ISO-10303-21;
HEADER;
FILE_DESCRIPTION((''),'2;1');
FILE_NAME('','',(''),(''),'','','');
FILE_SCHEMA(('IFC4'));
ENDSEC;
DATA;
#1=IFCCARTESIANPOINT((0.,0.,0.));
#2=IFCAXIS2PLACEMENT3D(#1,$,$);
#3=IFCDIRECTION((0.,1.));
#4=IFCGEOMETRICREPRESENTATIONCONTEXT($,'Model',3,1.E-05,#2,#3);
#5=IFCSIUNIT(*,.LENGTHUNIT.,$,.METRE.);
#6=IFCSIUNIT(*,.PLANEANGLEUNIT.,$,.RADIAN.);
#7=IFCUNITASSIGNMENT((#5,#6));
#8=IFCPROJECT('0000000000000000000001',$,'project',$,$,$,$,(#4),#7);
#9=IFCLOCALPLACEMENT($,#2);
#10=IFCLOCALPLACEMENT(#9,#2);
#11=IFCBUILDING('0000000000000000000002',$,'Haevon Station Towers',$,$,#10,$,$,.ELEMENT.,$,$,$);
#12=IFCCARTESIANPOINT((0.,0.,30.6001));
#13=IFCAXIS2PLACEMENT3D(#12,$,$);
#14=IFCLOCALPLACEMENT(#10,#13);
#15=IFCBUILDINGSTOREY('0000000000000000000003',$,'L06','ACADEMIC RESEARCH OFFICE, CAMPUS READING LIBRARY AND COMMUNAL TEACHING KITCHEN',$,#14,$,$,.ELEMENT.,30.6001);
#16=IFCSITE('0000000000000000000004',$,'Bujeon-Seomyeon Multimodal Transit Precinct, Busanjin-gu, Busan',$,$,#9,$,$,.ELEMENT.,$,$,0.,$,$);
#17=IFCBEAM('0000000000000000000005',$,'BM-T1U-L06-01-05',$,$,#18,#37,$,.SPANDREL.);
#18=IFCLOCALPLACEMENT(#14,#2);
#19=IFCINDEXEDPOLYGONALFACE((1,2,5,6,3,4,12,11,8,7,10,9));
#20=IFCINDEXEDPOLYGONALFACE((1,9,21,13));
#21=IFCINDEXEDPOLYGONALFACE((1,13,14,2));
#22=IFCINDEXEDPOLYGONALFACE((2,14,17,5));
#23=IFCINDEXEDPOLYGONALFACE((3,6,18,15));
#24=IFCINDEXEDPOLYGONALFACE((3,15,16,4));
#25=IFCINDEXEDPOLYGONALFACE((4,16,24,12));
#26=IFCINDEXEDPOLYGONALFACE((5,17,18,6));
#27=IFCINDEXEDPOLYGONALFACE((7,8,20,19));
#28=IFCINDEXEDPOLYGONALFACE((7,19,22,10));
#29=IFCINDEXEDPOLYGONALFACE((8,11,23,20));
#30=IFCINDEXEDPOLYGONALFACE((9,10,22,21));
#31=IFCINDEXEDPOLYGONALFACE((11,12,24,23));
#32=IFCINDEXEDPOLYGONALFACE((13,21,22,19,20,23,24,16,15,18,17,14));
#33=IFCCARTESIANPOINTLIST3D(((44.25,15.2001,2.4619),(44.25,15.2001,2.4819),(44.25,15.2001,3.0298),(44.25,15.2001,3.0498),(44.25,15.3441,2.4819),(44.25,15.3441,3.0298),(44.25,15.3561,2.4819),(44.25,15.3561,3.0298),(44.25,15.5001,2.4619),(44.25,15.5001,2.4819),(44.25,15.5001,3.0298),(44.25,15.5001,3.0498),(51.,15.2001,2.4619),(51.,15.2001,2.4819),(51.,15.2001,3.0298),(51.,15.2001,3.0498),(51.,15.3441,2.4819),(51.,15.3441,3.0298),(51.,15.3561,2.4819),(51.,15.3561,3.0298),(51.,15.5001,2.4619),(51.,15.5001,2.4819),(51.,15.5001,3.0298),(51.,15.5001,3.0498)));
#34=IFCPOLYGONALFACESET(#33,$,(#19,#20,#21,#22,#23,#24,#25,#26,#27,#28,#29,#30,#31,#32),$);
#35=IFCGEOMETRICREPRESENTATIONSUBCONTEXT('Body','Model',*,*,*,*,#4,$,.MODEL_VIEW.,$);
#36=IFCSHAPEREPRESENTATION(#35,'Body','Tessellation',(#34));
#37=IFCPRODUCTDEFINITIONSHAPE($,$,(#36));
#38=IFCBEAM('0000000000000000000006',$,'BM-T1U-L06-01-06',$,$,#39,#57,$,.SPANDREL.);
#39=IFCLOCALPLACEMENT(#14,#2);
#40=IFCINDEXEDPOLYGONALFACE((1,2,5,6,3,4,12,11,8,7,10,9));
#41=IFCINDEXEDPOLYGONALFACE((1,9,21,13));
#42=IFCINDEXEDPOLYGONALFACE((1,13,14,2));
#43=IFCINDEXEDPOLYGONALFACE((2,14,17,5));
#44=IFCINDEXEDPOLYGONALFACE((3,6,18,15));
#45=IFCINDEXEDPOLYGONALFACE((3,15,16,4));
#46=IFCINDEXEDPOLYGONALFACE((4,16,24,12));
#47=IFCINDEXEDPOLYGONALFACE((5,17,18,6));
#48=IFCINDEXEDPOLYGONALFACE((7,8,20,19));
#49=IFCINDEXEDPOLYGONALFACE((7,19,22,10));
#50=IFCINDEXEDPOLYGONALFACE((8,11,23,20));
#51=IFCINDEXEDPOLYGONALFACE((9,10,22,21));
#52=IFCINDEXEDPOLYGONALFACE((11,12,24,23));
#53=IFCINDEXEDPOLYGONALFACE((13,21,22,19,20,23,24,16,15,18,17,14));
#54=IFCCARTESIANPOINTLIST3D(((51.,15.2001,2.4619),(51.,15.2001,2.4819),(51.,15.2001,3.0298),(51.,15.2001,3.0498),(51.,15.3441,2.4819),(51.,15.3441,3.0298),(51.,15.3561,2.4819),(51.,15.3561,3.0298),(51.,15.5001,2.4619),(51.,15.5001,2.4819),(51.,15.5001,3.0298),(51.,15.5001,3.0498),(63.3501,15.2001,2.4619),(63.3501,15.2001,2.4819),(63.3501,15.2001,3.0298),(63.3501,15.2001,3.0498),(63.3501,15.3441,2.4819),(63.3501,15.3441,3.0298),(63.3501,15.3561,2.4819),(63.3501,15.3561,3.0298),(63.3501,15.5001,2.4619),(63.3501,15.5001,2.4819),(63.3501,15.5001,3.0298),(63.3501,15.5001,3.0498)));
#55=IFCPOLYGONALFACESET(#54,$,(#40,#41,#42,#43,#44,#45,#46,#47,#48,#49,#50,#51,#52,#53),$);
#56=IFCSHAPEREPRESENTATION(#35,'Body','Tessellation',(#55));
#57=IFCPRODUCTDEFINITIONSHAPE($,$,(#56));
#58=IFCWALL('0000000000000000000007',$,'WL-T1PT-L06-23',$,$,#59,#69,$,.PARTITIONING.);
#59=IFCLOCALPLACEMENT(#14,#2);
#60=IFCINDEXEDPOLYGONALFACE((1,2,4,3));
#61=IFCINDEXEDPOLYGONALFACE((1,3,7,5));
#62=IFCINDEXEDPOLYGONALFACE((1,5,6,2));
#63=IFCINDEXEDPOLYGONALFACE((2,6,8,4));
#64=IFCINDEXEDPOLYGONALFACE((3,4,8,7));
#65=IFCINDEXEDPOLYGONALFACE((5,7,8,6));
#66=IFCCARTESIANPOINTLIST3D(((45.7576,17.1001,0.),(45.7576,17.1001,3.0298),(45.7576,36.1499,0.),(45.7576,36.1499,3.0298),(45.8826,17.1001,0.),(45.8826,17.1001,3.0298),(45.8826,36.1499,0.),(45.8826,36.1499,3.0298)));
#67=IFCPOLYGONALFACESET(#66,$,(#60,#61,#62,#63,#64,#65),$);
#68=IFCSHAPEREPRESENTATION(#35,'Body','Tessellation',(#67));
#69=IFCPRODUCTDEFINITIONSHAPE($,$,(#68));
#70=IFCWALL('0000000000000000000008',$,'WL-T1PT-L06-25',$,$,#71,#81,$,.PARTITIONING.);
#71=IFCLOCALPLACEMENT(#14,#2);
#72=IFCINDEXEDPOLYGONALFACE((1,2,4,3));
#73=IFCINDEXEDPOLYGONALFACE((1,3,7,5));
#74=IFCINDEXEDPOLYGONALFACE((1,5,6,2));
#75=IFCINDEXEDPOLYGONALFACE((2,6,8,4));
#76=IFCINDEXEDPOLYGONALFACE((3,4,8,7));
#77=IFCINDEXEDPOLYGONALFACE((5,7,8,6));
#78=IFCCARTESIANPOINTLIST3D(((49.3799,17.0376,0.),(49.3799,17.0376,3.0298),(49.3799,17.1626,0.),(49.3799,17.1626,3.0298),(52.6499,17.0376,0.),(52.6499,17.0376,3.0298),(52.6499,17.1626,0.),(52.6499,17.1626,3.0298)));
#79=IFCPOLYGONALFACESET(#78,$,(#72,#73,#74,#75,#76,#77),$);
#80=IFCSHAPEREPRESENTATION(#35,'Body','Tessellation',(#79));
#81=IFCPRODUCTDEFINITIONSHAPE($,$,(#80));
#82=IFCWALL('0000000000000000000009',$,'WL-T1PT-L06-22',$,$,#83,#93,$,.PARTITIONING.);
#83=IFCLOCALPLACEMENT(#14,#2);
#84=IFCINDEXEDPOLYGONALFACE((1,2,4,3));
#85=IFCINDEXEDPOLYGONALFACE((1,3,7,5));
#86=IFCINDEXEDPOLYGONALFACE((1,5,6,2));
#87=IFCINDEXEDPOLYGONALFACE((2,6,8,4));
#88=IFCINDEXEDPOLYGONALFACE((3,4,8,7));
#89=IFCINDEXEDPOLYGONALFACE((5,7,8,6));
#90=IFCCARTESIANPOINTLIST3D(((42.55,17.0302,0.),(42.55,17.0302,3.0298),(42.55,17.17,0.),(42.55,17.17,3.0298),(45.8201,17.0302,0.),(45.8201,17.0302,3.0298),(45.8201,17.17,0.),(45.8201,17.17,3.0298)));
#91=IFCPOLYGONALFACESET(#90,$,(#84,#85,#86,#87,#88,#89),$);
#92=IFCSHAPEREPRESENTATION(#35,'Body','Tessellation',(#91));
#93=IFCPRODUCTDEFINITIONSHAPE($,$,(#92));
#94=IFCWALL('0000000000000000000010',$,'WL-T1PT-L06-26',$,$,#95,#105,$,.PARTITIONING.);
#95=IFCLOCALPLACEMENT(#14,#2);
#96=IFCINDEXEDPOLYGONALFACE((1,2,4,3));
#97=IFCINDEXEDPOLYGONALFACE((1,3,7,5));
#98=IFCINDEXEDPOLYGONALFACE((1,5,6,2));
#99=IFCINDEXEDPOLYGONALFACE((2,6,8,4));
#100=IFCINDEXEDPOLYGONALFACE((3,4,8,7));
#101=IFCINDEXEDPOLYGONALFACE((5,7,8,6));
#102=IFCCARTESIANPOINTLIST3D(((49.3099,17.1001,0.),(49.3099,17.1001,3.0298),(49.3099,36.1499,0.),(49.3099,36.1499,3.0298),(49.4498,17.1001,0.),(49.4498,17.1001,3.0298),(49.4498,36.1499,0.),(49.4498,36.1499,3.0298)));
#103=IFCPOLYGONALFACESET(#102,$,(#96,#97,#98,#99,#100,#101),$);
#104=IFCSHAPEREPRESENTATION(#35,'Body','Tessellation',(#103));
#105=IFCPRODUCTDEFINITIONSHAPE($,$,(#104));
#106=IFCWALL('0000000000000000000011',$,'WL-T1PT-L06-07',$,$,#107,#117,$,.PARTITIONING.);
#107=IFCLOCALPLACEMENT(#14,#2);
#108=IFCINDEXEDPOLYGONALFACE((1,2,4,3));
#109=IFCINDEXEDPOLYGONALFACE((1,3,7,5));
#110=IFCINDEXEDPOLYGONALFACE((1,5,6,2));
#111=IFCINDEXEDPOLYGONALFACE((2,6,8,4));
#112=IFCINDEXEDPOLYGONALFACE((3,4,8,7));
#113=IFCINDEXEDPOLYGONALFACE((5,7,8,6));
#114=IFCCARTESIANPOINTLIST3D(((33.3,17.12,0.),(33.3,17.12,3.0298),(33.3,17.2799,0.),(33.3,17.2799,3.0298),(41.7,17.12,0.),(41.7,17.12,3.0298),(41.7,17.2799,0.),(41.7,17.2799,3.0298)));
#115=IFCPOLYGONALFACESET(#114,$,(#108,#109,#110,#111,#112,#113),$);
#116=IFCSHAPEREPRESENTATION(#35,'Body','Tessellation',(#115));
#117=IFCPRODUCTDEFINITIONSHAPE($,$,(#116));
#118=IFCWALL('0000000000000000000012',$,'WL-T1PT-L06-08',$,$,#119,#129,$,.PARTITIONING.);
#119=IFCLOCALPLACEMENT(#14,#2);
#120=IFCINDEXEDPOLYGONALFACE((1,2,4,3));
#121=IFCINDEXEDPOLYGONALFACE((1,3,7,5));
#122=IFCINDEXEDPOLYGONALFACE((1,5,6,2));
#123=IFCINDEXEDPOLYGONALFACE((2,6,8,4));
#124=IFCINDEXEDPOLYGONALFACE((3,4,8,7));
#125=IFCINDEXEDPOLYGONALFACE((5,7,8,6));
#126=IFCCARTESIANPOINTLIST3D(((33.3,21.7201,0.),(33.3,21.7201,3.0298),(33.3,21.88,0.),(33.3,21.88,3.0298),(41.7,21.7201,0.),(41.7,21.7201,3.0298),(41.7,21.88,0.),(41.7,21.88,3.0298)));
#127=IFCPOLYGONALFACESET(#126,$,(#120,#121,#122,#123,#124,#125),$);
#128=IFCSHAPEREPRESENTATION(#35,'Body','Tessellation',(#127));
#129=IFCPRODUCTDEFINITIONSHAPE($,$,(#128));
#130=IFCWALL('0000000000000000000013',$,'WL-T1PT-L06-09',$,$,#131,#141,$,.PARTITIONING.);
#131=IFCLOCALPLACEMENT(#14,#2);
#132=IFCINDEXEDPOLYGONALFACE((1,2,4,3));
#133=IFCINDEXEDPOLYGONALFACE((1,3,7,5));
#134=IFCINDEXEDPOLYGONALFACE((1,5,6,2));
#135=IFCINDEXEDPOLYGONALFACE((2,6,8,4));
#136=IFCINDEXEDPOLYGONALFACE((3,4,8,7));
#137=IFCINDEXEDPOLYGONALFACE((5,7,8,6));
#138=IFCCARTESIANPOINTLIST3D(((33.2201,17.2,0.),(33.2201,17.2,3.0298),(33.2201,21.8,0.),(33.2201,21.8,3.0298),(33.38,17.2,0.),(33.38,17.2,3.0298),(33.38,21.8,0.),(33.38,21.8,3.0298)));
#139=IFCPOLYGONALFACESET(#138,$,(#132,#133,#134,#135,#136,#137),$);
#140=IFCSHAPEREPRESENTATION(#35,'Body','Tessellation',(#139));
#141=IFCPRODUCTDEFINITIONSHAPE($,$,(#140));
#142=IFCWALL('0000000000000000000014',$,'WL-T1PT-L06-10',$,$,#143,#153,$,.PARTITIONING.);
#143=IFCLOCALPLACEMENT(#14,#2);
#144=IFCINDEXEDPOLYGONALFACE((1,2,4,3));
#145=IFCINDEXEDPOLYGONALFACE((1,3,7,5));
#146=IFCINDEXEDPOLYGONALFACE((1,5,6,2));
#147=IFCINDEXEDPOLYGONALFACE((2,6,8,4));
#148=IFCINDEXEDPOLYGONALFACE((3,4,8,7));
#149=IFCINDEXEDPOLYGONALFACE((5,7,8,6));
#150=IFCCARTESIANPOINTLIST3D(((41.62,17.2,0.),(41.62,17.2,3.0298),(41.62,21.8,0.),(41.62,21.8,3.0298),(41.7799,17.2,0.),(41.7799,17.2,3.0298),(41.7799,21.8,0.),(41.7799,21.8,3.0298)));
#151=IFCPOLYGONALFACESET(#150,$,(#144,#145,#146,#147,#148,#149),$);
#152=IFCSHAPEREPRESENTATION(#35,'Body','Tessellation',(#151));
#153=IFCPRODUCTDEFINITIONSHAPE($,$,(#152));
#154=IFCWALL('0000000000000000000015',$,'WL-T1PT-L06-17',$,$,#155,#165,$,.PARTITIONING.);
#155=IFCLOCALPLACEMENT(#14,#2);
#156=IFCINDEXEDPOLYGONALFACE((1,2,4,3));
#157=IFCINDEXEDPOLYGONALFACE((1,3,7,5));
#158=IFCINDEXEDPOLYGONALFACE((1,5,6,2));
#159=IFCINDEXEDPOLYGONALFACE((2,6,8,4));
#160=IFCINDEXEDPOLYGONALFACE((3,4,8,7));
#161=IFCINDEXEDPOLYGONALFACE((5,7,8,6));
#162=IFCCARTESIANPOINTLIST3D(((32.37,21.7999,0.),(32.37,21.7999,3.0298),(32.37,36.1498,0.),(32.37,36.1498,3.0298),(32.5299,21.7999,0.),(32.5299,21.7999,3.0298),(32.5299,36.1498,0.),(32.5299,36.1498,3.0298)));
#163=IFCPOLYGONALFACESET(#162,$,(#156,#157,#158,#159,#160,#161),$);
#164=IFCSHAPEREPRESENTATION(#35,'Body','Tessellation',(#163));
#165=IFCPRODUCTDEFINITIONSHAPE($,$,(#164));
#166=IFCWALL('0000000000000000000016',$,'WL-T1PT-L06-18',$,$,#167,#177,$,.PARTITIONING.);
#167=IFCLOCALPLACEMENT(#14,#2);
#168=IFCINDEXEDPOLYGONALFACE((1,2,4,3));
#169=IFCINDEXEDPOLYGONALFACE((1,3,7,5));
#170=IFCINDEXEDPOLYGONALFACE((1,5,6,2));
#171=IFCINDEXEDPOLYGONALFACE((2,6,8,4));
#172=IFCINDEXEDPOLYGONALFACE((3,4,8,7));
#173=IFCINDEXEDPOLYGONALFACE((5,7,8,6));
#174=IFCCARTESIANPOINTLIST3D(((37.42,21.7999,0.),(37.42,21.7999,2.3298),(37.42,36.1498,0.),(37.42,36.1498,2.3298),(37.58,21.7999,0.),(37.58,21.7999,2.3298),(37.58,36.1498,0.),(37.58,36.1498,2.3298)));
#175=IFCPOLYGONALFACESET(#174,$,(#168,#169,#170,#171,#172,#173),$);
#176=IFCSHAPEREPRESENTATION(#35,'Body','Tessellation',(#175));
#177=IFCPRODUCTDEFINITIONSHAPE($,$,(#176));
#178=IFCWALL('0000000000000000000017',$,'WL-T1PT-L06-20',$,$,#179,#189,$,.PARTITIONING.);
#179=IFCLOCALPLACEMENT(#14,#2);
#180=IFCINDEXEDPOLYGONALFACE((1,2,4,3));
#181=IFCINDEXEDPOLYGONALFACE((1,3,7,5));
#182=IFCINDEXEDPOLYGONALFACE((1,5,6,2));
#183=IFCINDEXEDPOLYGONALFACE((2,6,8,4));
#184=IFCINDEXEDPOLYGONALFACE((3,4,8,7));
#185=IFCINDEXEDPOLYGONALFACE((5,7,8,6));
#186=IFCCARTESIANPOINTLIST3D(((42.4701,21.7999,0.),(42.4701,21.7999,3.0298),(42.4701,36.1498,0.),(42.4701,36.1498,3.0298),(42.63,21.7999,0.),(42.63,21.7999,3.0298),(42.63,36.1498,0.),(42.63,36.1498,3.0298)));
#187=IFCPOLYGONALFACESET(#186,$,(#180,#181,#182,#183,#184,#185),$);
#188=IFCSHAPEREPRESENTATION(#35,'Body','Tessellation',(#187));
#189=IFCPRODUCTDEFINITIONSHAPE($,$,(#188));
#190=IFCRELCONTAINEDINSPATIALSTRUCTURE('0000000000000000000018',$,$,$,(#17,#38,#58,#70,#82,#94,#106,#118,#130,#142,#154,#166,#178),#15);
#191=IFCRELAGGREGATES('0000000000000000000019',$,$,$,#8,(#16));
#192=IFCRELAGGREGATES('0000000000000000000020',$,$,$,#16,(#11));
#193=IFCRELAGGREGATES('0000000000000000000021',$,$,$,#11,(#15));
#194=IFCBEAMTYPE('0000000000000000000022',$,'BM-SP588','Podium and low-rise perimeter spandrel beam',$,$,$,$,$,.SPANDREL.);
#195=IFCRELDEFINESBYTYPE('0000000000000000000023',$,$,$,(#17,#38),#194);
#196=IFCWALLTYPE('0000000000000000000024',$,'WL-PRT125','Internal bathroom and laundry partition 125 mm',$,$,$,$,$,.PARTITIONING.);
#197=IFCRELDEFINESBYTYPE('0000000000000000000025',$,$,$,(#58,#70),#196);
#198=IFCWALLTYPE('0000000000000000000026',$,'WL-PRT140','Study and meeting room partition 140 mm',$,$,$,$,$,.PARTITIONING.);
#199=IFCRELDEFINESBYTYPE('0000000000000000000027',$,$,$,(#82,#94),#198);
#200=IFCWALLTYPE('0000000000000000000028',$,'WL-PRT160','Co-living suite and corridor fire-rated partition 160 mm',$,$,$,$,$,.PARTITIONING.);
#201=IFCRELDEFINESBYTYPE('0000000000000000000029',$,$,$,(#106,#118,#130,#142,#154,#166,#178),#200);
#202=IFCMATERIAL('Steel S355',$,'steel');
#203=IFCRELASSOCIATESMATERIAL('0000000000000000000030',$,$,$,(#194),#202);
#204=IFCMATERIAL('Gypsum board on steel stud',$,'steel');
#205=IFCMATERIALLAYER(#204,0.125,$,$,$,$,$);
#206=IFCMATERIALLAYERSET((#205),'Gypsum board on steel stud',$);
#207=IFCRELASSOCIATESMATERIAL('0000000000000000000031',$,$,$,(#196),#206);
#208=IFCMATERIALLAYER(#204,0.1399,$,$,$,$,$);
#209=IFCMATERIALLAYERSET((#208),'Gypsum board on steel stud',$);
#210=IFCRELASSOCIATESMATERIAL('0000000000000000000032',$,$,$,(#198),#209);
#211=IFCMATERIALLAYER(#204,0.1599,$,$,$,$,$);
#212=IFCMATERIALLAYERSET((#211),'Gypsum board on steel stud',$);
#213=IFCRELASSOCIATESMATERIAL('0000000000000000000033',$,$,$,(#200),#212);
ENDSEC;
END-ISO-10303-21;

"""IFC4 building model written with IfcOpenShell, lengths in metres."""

from ifc_helpers import new_model, si_unit, direction, frame, frame_2d, origin, origin_2d, place, context, subcontext, project, spatial, rectangle, i_section, extrude, material, layer, layer_set, material_profile, profile_set, type_object, element, save


model = new_model("IFC4")

# Units and contexts
model_context = context("Model", 3, precision=1e-05, world=origin(), true_north=direction((0.0, 1.0)))
body_context = subcontext(model_context, "Body", "Model", "MODEL_VIEW")
ifc_project = project(units=[si_unit("LENGTHUNIT", "METRE"), si_unit("PLANEANGLEUNIT", "RADIAN")], contexts=[model_context])

# Site, building, storey
site_placement = place(None, origin())
site = spatial("IfcSite", under=ifc_project, at=site_placement, Name="Bujeon-Seomyeon Multimodal Transit Precinct, Busanjin-gu, Busan", CompositionType="ELEMENT", RefElevation=0.0)
building_placement = place(site_placement, origin())
building = spatial("IfcBuilding", under=site, at=building_placement, Name="Haevon Station Towers", CompositionType="ELEMENT")
storey_placement = place(building_placement, frame((0.0, 0.0, 30.6001)))
storey = spatial("IfcBuildingStorey", under=building, at=storey_placement, Name="L06", Description="ACADEMIC RESEARCH OFFICE, CAMPUS READING LIBRARY AND COMMUNAL TEACHING KITCHEN", CompositionType="ELEMENT", Elevation=30.6001)

# Beams
ifc_material_1 = material(Name="Steel S355", Category="steel")
ifc_material_profile_1 = material_profile(ifc_material_1, i_section(OverallWidth=0.3, OverallDepth=0.5879, WebThickness=0.012, FlangeThickness=0.02, at=origin_2d()), Name="H-588x300x12x20")
ifc_profile_set_1 = profile_set([ifc_material_profile_1], Name="Steel S355")
beam_type_1 = type_object("IfcBeamType", Name="BM-SP588", Description="Podium and low-rise perimeter spandrel beam", PredefinedType="SPANDREL", material=ifc_profile_set_1)
for number, where, z_axis, x_axis, name in (
    (1, (44.25, 15.3501, 2.7559), (1.0, 0.0, 0.0), (0.0, 1.0, 0.0), "BM-T1U-L06-01-05"),
):
    element("IfcBeam", number, at=place(storey_placement, frame(where, z_axis=z_axis, x_axis=x_axis)), inside=storey, type_object=beam_type_1, Name=name, PredefinedType="SPANDREL", context=body_context, shape_type="SweptSolid", body=[
        extrude(i_section(OverallWidth=0.3, OverallDepth=0.5879, WebThickness=0.012, FlangeThickness=0.02, at=origin_2d()), origin(), (0.0, 0.0, 1.0), 6.75),
    ])
beam_placement = place(storey_placement, frame((51.0, 15.3501, 2.7559), z_axis=(1.0, 0.0, 0.0), x_axis=(0.0, 1.0, 0.0)))
element("IfcBeam", 2, at=beam_placement, inside=storey, type_object=beam_type_1, Name="BM-T1U-L06-01-06", PredefinedType="SPANDREL", context=body_context, shape_type="SweptSolid", body=[
    extrude(i_section(OverallWidth=0.3, OverallDepth=0.5879, WebThickness=0.012, FlangeThickness=0.02, at=origin_2d()), origin(), (0.0, 0.0, 1.0), 12.3501),
])

# Walls
ifc_material_2 = material(Name="Gypsum board on steel stud", Category="steel")
ifc_layer_1 = layer(ifc_material_2, 0.125)
ifc_layer_set_1 = layer_set([ifc_layer_1], Name="Gypsum board on steel stud")
wall_type_1 = type_object("IfcWallType", Name="WL-PRT125", Description="Internal bathroom and laundry partition 125 mm", PredefinedType="PARTITIONING", material=ifc_layer_set_1)
wall_1_placement = place(storey_placement, frame((45.8201, 17.1001, 0.0), z_axis=(0.0, 0.0, 1.0), x_axis=(0.0, 1.0, 0.0)))
element("IfcWall", 3, at=wall_1_placement, inside=storey, type_object=wall_type_1, Name="WL-T1PT-L06-23", PredefinedType="PARTITIONING", context=body_context, shape_type="SweptSolid", body=[
    extrude(rectangle(XDim=19.0498, YDim=0.125, at=frame_2d((9.5249, 0.0))), origin(), (0.0, 0.0, 1.0), 3.0298),
])
wall_2_placement = place(storey_placement, frame((49.3799, 17.1001, 0.0), z_axis=(0.0, 0.0, 1.0), x_axis=(1.0, 0.0, 0.0)))
element("IfcWall", 4, at=wall_2_placement, inside=storey, type_object=wall_type_1, Name="WL-T1PT-L06-25", PredefinedType="PARTITIONING", context=body_context, shape_type="SweptSolid", body=[
    extrude(rectangle(XDim=3.27, YDim=0.125, at=frame_2d((1.635, 0.0))), origin(), (0.0, 0.0, 1.0), 3.0298),
])
ifc_layer_2 = layer(ifc_material_2, 0.1399)
ifc_layer_set_2 = layer_set([ifc_layer_2], Name="Gypsum board on steel stud")
wall_type_2 = type_object("IfcWallType", Name="WL-PRT140", Description="Study and meeting room partition 140 mm", PredefinedType="PARTITIONING", material=ifc_layer_set_2)
wall_3_placement = place(storey_placement, frame((42.55, 17.1001, 0.0), z_axis=(0.0, 0.0, 1.0), x_axis=(1.0, 0.0, 0.0)))
element("IfcWall", 5, at=wall_3_placement, inside=storey, type_object=wall_type_2, Name="WL-T1PT-L06-22", PredefinedType="PARTITIONING", context=body_context, shape_type="SweptSolid", body=[
    extrude(rectangle(XDim=3.27, YDim=0.1399, at=frame_2d((1.635, 0.0))), origin(), (0.0, 0.0, 1.0), 3.0298),
])
wall_4_placement = place(storey_placement, frame((49.3799, 17.1001, 0.0), z_axis=(0.0, 0.0, 1.0), x_axis=(0.0, 1.0, 0.0)))
element("IfcWall", 6, at=wall_4_placement, inside=storey, type_object=wall_type_2, Name="WL-T1PT-L06-26", PredefinedType="PARTITIONING", context=body_context, shape_type="SweptSolid", body=[
    extrude(rectangle(XDim=19.0498, YDim=0.1399, at=frame_2d((9.5249, 0.0))), origin(), (0.0, 0.0, 1.0), 3.0298),
])
ifc_layer_3 = layer(ifc_material_2, 0.1599)
ifc_layer_set_3 = layer_set([ifc_layer_3], Name="Gypsum board on steel stud")
wall_type_3 = type_object("IfcWallType", Name="WL-PRT160", Description="Co-living suite and corridor fire-rated partition 160 mm", PredefinedType="PARTITIONING", material=ifc_layer_set_3)
for number, where, z_axis, x_axis, name in (
    (7, (33.3, 17.2, 0.0), (0.0, 0.0, 1.0), (1.0, 0.0, 0.0), "WL-T1PT-L06-07"),
    (8, (33.3, 21.8, 0.0), (0.0, 0.0, 1.0), (1.0, 0.0, 0.0), "WL-T1PT-L06-08"),
):
    element("IfcWall", number, at=place(storey_placement, frame(where, z_axis=z_axis, x_axis=x_axis)), inside=storey, type_object=wall_type_3, Name=name, PredefinedType="PARTITIONING", context=body_context, shape_type="SweptSolid", body=[
        extrude(rectangle(XDim=8.3999, YDim=0.1599, at=frame_2d((4.2, 0.0))), origin(), (0.0, 0.0, 1.0), 3.0298),
    ])
for number, where, z_axis, x_axis, name in (
    (9, (33.3, 17.2, 0.0), (0.0, 0.0, 1.0), (0.0, 1.0, 0.0), "WL-T1PT-L06-09"),
    (10, (41.7, 17.2, 0.0), (0.0, 0.0, 1.0), (0.0, 1.0, 0.0), "WL-T1PT-L06-10"),
):
    element("IfcWall", number, at=place(storey_placement, frame(where, z_axis=z_axis, x_axis=x_axis)), inside=storey, type_object=wall_type_3, Name=name, PredefinedType="PARTITIONING", context=body_context, shape_type="SweptSolid", body=[
        extrude(rectangle(XDim=4.6001, YDim=0.1599, at=frame_2d((2.3, 0.0))), origin(), (0.0, 0.0, 1.0), 3.0298),
    ])
wall_5_placement = place(storey_placement, frame((32.45, 21.8, 0.0), z_axis=(0.0, 0.0, 1.0), x_axis=(0.0, 1.0, 0.0)))
element("IfcWall", 11, at=wall_5_placement, inside=storey, type_object=wall_type_3, Name="WL-T1PT-L06-17", PredefinedType="PARTITIONING", context=body_context, shape_type="SweptSolid", body=[
    extrude(rectangle(XDim=14.3499, YDim=0.1599, at=frame_2d((7.1748, 0.0))), origin(), (0.0, 0.0, 1.0), 3.0298),
])
wall_6_placement = place(storey_placement, frame((37.5, 21.8, 0.0), z_axis=(0.0, 0.0, 1.0), x_axis=(0.0, 1.0, 0.0)))
element("IfcWall", 12, at=wall_6_placement, inside=storey, type_object=wall_type_3, Name="WL-T1PT-L06-18", PredefinedType="PARTITIONING", context=body_context, shape_type="SweptSolid", body=[
    extrude(rectangle(XDim=14.3499, YDim=0.1599, at=frame_2d((7.1748, 0.0))), origin(), (0.0, 0.0, 1.0), 2.3298),
])
wall_7_placement = place(storey_placement, frame((42.55, 21.8, 0.0), z_axis=(0.0, 0.0, 1.0), x_axis=(0.0, 1.0, 0.0)))
element("IfcWall", 13, at=wall_7_placement, inside=storey, type_object=wall_type_3, Name="WL-T1PT-L06-20", PredefinedType="PARTITIONING", context=body_context, shape_type="SweptSolid", body=[
    extrude(rectangle(XDim=14.3499, YDim=0.1599, at=frame_2d((7.1748, 0.0))), origin(), (0.0, 0.0, 1.0), 3.0298),
])

save(model, "model.ifc")
